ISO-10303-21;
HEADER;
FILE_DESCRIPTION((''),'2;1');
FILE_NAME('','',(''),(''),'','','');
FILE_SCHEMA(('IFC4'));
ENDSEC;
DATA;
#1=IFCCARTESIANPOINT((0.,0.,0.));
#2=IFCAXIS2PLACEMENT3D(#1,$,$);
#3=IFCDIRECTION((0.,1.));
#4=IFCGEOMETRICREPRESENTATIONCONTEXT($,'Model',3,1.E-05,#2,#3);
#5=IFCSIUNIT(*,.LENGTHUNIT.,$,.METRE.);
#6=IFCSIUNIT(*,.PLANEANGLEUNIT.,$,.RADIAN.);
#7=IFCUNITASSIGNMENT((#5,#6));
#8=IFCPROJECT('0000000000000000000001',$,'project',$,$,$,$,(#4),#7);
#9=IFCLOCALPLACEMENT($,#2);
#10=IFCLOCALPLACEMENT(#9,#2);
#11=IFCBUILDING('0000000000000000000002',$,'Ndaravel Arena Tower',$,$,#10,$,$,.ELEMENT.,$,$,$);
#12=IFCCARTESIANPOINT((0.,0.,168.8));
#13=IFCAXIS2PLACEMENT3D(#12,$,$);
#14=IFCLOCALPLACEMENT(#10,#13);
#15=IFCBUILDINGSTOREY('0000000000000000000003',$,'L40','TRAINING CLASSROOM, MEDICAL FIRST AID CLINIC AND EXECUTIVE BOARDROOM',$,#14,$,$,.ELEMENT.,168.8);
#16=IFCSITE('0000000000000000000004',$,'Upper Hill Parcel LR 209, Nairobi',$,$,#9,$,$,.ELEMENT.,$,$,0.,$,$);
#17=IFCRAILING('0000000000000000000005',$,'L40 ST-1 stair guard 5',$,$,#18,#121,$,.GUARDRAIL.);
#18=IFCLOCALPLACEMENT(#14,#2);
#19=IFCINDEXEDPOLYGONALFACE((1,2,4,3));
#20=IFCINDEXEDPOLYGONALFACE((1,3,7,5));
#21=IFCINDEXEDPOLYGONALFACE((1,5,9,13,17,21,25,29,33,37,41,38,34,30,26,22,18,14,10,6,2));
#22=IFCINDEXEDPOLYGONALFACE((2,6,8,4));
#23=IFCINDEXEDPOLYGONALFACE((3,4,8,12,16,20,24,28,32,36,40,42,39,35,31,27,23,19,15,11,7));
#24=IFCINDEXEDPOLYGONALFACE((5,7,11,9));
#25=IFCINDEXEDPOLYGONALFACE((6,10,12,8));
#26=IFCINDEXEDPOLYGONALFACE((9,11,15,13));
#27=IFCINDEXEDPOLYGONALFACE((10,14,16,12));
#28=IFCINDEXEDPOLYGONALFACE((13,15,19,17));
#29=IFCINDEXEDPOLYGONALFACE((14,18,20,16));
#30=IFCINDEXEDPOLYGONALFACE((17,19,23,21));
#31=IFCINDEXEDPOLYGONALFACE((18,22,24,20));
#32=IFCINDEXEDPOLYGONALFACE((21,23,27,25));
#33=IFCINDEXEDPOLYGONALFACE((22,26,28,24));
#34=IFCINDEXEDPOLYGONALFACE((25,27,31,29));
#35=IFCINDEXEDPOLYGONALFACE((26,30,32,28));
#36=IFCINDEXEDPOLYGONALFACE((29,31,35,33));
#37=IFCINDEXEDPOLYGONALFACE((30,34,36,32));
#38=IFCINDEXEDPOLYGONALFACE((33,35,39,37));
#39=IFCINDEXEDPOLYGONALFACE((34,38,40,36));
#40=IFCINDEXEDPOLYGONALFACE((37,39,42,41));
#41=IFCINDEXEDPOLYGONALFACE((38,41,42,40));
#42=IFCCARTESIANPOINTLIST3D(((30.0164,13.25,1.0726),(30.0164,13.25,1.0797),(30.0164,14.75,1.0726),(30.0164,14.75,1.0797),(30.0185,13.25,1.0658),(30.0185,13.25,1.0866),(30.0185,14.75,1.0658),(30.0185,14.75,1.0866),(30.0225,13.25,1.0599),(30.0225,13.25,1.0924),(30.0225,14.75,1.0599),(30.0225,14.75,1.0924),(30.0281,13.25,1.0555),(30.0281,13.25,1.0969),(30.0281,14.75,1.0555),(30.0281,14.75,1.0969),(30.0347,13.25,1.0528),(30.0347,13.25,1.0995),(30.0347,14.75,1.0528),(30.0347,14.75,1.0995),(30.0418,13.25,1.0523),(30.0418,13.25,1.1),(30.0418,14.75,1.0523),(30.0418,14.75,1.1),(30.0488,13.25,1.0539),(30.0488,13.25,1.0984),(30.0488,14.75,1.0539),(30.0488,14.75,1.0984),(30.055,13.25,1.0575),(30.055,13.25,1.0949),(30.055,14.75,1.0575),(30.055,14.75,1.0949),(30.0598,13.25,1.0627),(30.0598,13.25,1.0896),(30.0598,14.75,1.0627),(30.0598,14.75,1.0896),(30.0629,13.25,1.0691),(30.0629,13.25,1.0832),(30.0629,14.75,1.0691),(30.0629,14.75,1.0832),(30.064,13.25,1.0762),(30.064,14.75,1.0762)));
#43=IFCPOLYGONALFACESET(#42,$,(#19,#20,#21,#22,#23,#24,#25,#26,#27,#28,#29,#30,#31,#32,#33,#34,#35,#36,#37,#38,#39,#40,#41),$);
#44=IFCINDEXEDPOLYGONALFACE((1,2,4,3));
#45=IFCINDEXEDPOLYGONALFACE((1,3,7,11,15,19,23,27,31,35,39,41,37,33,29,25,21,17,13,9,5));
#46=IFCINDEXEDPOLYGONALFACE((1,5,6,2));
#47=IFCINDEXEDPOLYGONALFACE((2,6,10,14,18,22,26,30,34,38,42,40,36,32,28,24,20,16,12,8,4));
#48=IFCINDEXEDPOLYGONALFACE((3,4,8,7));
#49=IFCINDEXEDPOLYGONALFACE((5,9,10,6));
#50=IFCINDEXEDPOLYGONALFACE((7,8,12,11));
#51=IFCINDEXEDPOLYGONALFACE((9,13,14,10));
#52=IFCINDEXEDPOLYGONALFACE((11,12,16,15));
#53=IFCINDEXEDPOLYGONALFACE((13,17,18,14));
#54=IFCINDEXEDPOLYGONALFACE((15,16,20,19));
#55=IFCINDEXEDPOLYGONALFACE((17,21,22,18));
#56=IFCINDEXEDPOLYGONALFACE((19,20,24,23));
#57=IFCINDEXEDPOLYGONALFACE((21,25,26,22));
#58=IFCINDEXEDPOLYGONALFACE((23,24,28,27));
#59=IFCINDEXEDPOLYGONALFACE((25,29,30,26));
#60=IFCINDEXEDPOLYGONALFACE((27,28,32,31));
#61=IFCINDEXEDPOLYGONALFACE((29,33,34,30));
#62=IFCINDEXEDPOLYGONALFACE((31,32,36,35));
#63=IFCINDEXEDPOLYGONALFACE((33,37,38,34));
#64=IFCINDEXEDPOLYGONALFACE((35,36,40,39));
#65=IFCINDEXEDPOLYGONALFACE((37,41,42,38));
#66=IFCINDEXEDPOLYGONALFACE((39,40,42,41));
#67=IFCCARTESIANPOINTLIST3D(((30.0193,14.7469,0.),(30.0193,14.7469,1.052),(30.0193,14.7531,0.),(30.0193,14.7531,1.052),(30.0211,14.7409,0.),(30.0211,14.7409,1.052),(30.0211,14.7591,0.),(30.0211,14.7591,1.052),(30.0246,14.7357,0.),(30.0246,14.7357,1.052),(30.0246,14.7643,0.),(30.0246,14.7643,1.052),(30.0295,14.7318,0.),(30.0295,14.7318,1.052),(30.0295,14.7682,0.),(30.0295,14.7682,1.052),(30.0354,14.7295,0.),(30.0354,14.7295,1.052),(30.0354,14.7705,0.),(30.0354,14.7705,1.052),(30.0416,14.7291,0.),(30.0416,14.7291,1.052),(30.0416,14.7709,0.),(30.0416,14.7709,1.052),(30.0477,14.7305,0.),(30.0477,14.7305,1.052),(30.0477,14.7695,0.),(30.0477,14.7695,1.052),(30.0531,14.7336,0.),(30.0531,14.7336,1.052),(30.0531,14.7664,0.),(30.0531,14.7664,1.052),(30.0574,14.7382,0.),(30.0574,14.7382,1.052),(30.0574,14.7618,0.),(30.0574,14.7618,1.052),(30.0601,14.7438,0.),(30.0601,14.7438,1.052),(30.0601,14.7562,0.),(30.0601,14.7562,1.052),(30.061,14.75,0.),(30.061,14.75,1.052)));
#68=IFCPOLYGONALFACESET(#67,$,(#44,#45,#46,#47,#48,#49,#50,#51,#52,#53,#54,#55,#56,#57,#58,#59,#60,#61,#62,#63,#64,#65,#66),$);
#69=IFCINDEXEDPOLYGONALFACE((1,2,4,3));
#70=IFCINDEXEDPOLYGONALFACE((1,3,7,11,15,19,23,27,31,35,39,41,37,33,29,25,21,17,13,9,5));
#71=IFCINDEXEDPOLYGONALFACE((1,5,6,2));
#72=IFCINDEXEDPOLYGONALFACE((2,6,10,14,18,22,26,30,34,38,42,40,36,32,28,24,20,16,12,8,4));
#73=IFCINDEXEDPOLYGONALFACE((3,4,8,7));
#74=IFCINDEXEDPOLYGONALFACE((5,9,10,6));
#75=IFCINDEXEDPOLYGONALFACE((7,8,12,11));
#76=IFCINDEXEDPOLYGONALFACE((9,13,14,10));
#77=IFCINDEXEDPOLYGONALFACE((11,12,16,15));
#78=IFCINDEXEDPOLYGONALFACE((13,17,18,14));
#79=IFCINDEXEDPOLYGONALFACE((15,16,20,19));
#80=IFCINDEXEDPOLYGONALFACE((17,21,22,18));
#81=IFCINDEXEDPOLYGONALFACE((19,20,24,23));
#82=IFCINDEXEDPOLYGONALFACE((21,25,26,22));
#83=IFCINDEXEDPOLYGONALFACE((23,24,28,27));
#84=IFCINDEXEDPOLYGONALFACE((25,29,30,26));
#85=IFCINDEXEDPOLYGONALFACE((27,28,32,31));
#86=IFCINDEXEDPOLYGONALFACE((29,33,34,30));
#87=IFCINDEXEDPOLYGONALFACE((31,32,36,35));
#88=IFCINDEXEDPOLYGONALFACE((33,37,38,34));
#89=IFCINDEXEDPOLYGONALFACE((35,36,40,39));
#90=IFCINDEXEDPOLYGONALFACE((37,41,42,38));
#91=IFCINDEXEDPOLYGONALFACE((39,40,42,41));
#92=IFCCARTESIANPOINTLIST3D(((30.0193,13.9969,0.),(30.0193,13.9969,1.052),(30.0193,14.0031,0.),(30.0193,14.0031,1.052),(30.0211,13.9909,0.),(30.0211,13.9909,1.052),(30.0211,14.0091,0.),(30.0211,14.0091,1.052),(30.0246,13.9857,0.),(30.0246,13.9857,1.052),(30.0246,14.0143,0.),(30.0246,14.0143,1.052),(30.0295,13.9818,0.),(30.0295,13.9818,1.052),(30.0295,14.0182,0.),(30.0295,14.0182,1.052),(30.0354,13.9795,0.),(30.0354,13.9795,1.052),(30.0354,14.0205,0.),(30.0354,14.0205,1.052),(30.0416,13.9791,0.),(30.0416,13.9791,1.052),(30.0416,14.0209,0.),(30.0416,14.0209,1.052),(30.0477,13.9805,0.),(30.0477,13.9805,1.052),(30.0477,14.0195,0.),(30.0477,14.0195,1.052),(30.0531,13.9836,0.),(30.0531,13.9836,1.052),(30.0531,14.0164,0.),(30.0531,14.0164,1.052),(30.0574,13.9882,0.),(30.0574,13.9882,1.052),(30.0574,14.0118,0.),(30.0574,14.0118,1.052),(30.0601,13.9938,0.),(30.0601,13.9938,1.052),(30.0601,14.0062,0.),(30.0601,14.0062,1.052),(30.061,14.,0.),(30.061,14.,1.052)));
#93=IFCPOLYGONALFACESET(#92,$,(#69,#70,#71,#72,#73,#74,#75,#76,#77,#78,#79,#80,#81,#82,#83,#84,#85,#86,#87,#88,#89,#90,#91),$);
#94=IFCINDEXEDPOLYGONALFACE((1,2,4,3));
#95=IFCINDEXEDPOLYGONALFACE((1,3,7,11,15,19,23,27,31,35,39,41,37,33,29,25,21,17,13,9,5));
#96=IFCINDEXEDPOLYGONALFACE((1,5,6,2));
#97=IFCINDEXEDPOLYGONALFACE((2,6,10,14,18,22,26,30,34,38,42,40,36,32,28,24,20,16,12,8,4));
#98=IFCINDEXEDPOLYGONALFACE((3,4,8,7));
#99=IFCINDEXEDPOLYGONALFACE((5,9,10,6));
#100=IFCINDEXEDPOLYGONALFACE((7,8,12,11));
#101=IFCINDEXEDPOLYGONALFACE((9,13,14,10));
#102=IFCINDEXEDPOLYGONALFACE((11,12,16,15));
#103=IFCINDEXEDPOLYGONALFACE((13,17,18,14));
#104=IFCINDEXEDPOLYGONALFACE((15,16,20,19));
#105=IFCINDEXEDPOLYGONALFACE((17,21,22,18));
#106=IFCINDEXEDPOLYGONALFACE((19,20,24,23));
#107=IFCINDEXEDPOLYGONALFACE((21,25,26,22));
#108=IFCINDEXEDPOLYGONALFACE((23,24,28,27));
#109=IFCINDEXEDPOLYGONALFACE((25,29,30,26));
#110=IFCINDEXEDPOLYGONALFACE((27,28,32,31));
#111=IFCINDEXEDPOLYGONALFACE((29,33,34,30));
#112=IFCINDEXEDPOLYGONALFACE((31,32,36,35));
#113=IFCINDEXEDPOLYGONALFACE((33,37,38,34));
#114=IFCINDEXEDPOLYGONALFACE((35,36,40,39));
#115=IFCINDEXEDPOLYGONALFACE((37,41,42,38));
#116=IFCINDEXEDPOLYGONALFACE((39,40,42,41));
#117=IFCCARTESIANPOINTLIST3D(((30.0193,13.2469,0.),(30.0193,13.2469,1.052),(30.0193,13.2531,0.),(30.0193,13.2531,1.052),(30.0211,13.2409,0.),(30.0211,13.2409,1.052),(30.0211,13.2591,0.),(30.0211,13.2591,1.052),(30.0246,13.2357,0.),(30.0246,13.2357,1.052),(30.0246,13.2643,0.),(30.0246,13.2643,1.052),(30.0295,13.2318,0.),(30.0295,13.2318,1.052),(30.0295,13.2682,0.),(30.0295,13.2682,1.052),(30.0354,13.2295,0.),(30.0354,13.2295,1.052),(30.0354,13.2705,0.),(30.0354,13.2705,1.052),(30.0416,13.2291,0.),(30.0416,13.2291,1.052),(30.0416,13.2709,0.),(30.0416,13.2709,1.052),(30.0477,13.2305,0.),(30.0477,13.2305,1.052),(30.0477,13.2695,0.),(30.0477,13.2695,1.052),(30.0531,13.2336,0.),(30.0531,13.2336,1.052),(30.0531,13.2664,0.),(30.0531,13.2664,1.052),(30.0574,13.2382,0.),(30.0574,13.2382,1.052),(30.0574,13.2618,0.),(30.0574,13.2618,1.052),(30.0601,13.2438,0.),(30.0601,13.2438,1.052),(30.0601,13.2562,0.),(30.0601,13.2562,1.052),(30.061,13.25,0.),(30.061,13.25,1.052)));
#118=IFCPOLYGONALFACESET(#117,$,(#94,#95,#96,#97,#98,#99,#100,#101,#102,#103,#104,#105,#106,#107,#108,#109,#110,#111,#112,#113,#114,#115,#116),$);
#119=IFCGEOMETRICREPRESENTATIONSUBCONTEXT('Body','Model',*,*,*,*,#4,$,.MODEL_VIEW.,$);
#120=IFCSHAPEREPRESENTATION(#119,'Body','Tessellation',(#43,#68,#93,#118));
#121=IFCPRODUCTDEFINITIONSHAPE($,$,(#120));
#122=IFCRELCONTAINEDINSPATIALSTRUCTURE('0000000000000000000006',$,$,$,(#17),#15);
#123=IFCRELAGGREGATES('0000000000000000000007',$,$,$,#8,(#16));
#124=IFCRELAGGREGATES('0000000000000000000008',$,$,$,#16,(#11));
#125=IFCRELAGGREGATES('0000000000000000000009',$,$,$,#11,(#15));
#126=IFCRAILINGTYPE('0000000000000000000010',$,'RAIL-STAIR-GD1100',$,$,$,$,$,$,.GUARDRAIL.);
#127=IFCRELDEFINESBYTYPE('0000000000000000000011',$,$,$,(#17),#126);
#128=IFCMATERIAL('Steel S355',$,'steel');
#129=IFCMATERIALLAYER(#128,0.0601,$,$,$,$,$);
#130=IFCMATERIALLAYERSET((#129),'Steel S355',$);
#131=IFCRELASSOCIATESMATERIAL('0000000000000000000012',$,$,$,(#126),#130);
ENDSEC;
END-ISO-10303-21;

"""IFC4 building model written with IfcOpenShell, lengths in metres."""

from ifc_helpers import new_model, si_unit, direction, frame, origin, origin_2d, place, context, subcontext, project, spatial, circle, extrude, material, layer, layer_set, type_object, element, save


model = new_model("IFC4")

# Units and contexts
model_context = context("Model", 3, precision=1e-05, world=origin(), true_north=direction((0.0, 1.0)))
body_context = subcontext(model_context, "Body", "Model", "MODEL_VIEW")
ifc_project = project(units=[si_unit("LENGTHUNIT", "METRE"), si_unit("PLANEANGLEUNIT", "RADIAN")], contexts=[model_context])

# Site, building, storey
site_placement = place(None, origin())
site = spatial("IfcSite", under=ifc_project, at=site_placement, Name="Upper Hill Parcel LR 209, Nairobi", CompositionType="ELEMENT", RefElevation=0.0)
building_placement = place(site_placement, origin())
building = spatial("IfcBuilding", under=site, at=building_placement, Name="Ndaravel Arena Tower", CompositionType="ELEMENT")
storey_placement = place(building_placement, frame((0.0, 0.0, 168.8)))
storey = spatial("IfcBuildingStorey", under=building, at=storey_placement, Name="L40", Description="TRAINING CLASSROOM, MEDICAL FIRST AID CLINIC AND EXECUTIVE BOARDROOM", CompositionType="ELEMENT", Elevation=168.8)

# Railing
ifc_material_1 = material(Name="Steel S355", Category="steel")
ifc_layer_1 = layer(ifc_material_1, 0.0601)
ifc_layer_set_1 = layer_set([ifc_layer_1], Name="Steel S355")
railing_type = type_object("IfcRailingType", Name="RAIL-STAIR-GD1100", PredefinedType="GUARDRAIL", material=ifc_layer_set_1)
railing_placement = place(storey_placement, frame((30.04, 14.75, 0.0)))
element("IfcRailing", 1, at=railing_placement, inside=storey, type_object=railing_type, Name="L40 ST-1 stair guard 5", PredefinedType="GUARDRAIL", context=body_context, shape_type="SweptSolid", body=[
    extrude(circle(Radius=0.0239, at=origin_2d()), frame((0.0, 0.0, 1.0762), z_axis=(0.0, -1.0, 0.0), x_axis=(1.0, 0.0, 0.0)), (0.0, 0.0, 1.0), 1.5),
    extrude(circle(Radius=0.021, at=origin_2d()), origin(), (0.0, 0.0, 1.0), 1.052),
    extrude(circle(Radius=0.021, at=origin_2d()), frame((0.0, -0.75, 0.0)), (0.0, 0.0, 1.0), 1.052),
    extrude(circle(Radius=0.021, at=origin_2d()), frame((0.0, -1.5, 0.0)), (0.0, 0.0, 1.0), 1.052),
])

save(model, "model.ifc")
